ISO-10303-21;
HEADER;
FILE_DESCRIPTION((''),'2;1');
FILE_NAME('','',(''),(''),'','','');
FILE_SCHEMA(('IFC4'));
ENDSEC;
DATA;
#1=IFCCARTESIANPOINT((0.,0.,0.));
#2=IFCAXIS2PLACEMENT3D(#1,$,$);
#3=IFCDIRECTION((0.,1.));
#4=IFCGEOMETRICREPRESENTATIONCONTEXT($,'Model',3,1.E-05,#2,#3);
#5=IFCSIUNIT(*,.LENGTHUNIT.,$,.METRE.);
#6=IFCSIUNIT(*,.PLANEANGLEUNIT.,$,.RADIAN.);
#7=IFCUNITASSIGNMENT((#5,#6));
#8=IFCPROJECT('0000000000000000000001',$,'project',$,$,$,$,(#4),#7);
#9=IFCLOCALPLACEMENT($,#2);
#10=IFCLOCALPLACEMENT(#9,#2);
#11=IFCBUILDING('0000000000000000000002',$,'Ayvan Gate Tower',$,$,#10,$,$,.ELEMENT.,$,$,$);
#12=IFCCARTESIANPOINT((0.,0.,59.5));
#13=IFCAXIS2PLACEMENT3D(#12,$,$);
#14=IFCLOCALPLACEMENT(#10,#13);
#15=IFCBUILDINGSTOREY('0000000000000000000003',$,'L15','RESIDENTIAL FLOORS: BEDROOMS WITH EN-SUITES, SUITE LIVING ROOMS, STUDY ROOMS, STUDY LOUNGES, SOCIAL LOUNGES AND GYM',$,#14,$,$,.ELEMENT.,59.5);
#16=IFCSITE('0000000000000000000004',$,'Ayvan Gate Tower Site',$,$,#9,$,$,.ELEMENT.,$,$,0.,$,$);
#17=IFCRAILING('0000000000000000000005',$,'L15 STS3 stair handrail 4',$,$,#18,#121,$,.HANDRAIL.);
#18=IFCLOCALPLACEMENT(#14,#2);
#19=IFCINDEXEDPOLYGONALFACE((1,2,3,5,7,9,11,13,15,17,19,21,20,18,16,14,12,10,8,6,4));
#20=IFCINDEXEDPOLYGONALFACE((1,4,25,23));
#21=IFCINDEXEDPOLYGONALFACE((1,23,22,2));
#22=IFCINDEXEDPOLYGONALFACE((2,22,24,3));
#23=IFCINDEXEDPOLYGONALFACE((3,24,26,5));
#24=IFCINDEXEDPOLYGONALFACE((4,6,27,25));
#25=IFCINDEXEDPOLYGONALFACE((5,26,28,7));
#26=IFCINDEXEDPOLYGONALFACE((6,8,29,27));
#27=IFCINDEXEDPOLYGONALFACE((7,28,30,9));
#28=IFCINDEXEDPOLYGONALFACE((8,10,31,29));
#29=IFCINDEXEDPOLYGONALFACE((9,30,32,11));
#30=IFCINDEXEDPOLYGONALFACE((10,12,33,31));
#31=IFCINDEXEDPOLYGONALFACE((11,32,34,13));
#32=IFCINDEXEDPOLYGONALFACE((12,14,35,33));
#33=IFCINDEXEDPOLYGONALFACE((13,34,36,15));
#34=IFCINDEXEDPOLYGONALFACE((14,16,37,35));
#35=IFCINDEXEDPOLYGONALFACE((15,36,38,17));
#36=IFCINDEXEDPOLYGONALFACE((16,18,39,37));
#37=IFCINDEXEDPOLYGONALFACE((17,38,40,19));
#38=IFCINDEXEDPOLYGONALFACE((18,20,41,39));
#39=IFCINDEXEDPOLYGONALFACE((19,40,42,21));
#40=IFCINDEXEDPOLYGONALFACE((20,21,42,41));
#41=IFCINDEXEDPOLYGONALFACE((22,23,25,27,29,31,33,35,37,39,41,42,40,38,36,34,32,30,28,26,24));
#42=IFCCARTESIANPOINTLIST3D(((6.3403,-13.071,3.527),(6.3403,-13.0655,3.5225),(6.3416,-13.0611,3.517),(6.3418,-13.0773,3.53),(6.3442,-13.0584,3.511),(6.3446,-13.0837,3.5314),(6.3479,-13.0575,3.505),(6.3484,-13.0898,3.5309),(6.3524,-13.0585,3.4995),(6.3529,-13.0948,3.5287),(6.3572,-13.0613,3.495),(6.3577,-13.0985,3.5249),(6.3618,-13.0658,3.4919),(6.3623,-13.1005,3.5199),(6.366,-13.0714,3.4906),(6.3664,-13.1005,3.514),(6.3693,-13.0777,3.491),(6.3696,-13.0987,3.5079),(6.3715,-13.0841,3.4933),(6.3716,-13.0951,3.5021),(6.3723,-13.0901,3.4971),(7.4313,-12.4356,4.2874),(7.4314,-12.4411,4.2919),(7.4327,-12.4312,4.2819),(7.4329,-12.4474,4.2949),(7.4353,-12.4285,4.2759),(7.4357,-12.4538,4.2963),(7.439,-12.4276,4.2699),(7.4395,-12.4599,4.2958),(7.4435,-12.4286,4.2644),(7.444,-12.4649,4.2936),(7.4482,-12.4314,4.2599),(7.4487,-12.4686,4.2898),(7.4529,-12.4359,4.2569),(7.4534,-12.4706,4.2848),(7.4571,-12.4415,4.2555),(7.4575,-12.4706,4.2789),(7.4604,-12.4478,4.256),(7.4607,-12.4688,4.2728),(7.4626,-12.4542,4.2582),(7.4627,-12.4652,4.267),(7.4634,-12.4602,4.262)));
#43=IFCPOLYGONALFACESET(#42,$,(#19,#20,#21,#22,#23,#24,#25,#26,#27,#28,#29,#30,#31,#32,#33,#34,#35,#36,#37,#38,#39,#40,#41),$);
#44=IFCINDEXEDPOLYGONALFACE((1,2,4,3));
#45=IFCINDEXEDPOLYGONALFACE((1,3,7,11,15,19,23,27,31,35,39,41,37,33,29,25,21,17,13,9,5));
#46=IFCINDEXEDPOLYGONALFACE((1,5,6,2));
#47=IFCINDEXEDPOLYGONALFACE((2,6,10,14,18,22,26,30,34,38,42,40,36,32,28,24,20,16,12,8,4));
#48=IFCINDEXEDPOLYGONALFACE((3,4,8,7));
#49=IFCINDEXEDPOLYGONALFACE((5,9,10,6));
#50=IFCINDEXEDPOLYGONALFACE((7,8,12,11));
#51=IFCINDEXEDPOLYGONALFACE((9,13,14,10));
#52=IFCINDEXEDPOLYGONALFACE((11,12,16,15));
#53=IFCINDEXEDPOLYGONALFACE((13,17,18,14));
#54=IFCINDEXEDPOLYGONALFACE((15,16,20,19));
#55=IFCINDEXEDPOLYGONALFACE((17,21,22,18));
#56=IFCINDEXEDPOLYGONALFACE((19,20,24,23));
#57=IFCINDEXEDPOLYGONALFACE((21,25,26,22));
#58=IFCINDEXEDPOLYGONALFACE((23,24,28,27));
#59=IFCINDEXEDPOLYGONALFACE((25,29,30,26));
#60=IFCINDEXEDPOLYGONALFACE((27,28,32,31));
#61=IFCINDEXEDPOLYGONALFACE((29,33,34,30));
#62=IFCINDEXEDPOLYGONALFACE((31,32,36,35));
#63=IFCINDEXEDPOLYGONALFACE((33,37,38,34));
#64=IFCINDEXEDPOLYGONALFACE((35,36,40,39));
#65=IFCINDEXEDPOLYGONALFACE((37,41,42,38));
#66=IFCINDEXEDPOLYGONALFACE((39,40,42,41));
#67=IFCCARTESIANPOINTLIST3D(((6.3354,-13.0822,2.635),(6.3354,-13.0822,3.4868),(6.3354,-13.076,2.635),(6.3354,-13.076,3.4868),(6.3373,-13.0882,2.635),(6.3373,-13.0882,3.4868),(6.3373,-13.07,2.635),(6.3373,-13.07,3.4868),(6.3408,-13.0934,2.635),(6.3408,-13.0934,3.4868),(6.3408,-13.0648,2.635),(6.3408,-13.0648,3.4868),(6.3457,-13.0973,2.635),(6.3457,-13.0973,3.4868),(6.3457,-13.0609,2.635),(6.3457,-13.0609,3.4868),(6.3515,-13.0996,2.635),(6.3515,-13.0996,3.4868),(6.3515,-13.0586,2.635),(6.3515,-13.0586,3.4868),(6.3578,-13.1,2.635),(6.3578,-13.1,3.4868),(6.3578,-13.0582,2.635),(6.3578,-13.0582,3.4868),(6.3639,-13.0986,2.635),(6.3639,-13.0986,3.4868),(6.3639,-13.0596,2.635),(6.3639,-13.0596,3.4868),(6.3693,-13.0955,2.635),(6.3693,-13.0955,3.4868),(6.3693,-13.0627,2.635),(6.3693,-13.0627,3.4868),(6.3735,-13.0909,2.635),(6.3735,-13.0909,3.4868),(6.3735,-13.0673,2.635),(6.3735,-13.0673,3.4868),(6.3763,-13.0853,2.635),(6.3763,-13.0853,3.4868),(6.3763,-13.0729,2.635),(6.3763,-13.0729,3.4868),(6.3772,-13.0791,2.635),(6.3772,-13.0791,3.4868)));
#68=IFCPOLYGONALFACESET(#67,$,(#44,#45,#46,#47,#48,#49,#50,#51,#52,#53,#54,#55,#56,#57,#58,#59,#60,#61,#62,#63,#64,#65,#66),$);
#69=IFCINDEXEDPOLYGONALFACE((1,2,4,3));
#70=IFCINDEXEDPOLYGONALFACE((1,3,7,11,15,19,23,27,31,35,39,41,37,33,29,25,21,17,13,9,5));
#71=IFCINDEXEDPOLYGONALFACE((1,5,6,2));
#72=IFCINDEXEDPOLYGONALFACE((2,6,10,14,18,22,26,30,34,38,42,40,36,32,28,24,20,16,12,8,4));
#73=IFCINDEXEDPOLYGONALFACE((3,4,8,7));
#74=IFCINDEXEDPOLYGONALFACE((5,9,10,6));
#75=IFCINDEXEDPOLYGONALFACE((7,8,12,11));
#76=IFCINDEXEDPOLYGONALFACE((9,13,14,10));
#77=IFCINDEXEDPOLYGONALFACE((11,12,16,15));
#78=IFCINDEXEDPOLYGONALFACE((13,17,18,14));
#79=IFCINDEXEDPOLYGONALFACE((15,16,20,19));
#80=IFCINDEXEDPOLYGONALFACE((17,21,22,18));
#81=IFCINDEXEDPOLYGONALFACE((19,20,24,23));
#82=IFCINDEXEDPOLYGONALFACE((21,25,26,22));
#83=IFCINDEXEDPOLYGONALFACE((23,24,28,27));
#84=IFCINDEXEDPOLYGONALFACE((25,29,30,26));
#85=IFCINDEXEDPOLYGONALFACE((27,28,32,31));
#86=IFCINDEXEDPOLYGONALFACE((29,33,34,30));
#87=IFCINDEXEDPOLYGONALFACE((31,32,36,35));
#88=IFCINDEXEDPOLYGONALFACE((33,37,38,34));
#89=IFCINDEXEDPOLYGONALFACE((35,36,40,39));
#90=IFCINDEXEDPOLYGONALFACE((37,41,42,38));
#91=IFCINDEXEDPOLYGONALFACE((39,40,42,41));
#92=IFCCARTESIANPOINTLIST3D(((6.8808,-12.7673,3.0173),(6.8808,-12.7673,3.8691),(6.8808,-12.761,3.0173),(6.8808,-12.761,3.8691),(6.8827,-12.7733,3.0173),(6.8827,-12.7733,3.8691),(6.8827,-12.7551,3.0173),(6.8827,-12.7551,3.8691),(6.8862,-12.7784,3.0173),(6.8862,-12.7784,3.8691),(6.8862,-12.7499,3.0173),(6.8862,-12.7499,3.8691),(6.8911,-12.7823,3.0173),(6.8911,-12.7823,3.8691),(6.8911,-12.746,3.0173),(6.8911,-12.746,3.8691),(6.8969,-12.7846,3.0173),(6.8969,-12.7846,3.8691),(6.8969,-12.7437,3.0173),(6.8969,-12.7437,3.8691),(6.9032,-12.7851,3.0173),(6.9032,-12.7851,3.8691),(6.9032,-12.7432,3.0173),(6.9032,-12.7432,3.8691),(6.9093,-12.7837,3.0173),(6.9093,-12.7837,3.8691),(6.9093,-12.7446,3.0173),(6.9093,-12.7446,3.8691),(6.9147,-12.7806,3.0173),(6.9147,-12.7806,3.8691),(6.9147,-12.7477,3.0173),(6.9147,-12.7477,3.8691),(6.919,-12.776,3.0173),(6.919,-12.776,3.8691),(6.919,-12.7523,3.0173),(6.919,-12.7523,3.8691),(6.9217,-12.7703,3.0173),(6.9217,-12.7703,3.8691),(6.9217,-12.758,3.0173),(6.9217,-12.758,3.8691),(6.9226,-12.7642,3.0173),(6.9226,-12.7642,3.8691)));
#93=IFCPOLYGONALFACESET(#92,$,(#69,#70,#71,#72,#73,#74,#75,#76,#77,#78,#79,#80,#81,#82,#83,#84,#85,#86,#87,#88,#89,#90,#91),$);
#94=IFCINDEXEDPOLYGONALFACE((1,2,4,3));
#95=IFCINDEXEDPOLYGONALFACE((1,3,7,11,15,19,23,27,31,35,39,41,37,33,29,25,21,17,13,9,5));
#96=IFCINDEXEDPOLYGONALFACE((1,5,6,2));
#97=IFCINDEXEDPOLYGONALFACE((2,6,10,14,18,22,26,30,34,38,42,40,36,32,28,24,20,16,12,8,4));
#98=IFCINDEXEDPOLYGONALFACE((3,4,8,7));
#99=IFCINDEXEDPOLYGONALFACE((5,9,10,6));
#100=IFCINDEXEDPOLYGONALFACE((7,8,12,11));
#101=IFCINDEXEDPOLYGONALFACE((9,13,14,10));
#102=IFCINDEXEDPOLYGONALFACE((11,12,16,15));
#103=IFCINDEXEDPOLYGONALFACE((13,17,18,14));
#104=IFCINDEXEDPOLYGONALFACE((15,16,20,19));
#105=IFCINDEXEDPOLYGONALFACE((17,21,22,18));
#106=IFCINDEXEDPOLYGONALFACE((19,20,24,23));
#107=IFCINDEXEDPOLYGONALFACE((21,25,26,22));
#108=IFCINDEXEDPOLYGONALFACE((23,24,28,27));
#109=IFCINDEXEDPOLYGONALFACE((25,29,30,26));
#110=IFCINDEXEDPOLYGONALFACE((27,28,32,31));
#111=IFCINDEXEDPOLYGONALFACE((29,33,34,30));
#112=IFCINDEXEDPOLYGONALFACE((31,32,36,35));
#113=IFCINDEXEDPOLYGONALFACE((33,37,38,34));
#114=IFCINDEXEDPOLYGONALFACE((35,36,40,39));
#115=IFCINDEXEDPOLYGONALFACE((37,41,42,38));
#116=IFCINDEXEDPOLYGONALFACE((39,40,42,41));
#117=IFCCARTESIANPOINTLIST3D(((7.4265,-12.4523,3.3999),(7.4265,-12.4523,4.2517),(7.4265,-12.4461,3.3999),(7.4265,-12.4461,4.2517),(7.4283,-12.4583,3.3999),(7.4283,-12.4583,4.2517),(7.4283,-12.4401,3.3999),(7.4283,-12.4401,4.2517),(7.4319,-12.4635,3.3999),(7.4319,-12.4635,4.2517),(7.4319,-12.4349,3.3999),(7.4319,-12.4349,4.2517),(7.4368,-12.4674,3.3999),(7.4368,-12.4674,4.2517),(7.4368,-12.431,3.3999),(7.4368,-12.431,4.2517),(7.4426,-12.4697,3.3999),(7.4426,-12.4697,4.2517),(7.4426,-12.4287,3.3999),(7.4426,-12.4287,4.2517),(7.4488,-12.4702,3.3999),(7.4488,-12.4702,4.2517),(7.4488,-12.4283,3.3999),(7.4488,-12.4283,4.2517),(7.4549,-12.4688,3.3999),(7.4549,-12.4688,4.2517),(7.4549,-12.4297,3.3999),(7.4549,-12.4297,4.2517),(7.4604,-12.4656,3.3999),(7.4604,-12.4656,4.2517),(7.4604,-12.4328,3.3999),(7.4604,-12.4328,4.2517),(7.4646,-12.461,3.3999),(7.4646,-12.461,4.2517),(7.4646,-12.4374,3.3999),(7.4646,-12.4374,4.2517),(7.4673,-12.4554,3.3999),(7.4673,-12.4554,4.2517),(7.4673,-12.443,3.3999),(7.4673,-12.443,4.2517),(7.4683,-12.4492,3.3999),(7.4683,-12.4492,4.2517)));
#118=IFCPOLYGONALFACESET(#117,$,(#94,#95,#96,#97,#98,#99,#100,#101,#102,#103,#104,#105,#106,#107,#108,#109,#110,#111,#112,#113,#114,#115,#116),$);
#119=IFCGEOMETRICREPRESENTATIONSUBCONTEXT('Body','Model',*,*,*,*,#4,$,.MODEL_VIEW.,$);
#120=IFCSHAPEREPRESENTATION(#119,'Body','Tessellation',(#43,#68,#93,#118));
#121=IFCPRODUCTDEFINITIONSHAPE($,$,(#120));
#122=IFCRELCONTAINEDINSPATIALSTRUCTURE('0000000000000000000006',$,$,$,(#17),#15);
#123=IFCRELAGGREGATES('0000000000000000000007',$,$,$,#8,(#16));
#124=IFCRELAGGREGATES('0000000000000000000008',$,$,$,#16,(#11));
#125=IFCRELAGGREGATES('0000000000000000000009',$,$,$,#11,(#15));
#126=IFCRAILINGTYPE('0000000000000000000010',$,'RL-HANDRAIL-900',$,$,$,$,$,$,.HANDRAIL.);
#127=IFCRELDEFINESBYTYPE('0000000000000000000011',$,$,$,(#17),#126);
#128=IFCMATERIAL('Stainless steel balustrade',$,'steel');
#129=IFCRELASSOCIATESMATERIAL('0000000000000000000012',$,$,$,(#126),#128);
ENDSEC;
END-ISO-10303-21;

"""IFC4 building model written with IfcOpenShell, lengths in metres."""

from ifc_helpers import new_model, si_unit, direction, frame, origin, origin_2d, place, context, subcontext, project, spatial, circle, extrude, material, type_object, element, save


model = new_model("IFC4")

# Units and contexts
model_context = context("Model", 3, precision=1e-05, world=origin(), true_north=direction((0.0, 1.0)))
body_context = subcontext(model_context, "Body", "Model", "MODEL_VIEW")
ifc_project = project(units=[si_unit("LENGTHUNIT", "METRE"), si_unit("PLANEANGLEUNIT", "RADIAN")], contexts=[model_context])

# Site, building, storey
site_placement = place(None, origin())
site = spatial("IfcSite", under=ifc_project, at=site_placement, Name="Ayvan Gate Tower Site", CompositionType="ELEMENT", RefElevation=0.0)
building_placement = place(site_placement, origin())
building = spatial("IfcBuilding", under=site, at=building_placement, Name="Ayvan Gate Tower", CompositionType="ELEMENT")
storey_placement = place(building_placement, frame((0.0, 0.0, 59.5)))
storey = spatial("IfcBuildingStorey", under=building, at=storey_placement, Name="L15", Description="RESIDENTIAL FLOORS: BEDROOMS WITH EN-SUITES, SUITE LIVING ROOMS, STUDY ROOMS, STUDY LOUNGES, SOCIAL LOUNGES AND GYM", CompositionType="ELEMENT", Elevation=59.5)

# Railing
ifc_material_1 = material(Name="Stainless steel balustrade", Category="steel")
railing_type_1 = type_object("IfcRailingType", Name="RL-HANDRAIL-900", PredefinedType="HANDRAIL", material=ifc_material_1)
railing_1_placement = place(storey_placement, frame((6.3562, -13.0791, 2.635)))
element("IfcRailing", 1, at=railing_1_placement, inside=storey, type_object=railing_type_1, Name="L15 STS3 stair handrail 4", PredefinedType="HANDRAIL", context=body_context, shape_type="SweptSolid", body=[
    extrude(circle(Radius=0.0239, at=origin_2d()), frame((0.0, 0.0, 0.876), z_axis=(0.740282, 0.427372, 0.518976), x_axis=(-0.499974, 0.86604, 0.0)), (0.0, 0.0, 1.0), 1.4739),
    extrude(circle(Radius=0.021, at=origin_2d()), origin(), (0.0, 0.0, 1.0), 0.8518),
    extrude(circle(Radius=0.021, at=origin_2d()), frame((0.5454, 0.3149, 0.3823)), (0.0, 0.0, 1.0), 0.8518),
    extrude(circle(Radius=0.021, at=origin_2d()), frame((1.0911, 0.6299, 0.7649)), (0.0, 0.0, 1.0), 0.8518),
])

save(model, "model.ifc")
